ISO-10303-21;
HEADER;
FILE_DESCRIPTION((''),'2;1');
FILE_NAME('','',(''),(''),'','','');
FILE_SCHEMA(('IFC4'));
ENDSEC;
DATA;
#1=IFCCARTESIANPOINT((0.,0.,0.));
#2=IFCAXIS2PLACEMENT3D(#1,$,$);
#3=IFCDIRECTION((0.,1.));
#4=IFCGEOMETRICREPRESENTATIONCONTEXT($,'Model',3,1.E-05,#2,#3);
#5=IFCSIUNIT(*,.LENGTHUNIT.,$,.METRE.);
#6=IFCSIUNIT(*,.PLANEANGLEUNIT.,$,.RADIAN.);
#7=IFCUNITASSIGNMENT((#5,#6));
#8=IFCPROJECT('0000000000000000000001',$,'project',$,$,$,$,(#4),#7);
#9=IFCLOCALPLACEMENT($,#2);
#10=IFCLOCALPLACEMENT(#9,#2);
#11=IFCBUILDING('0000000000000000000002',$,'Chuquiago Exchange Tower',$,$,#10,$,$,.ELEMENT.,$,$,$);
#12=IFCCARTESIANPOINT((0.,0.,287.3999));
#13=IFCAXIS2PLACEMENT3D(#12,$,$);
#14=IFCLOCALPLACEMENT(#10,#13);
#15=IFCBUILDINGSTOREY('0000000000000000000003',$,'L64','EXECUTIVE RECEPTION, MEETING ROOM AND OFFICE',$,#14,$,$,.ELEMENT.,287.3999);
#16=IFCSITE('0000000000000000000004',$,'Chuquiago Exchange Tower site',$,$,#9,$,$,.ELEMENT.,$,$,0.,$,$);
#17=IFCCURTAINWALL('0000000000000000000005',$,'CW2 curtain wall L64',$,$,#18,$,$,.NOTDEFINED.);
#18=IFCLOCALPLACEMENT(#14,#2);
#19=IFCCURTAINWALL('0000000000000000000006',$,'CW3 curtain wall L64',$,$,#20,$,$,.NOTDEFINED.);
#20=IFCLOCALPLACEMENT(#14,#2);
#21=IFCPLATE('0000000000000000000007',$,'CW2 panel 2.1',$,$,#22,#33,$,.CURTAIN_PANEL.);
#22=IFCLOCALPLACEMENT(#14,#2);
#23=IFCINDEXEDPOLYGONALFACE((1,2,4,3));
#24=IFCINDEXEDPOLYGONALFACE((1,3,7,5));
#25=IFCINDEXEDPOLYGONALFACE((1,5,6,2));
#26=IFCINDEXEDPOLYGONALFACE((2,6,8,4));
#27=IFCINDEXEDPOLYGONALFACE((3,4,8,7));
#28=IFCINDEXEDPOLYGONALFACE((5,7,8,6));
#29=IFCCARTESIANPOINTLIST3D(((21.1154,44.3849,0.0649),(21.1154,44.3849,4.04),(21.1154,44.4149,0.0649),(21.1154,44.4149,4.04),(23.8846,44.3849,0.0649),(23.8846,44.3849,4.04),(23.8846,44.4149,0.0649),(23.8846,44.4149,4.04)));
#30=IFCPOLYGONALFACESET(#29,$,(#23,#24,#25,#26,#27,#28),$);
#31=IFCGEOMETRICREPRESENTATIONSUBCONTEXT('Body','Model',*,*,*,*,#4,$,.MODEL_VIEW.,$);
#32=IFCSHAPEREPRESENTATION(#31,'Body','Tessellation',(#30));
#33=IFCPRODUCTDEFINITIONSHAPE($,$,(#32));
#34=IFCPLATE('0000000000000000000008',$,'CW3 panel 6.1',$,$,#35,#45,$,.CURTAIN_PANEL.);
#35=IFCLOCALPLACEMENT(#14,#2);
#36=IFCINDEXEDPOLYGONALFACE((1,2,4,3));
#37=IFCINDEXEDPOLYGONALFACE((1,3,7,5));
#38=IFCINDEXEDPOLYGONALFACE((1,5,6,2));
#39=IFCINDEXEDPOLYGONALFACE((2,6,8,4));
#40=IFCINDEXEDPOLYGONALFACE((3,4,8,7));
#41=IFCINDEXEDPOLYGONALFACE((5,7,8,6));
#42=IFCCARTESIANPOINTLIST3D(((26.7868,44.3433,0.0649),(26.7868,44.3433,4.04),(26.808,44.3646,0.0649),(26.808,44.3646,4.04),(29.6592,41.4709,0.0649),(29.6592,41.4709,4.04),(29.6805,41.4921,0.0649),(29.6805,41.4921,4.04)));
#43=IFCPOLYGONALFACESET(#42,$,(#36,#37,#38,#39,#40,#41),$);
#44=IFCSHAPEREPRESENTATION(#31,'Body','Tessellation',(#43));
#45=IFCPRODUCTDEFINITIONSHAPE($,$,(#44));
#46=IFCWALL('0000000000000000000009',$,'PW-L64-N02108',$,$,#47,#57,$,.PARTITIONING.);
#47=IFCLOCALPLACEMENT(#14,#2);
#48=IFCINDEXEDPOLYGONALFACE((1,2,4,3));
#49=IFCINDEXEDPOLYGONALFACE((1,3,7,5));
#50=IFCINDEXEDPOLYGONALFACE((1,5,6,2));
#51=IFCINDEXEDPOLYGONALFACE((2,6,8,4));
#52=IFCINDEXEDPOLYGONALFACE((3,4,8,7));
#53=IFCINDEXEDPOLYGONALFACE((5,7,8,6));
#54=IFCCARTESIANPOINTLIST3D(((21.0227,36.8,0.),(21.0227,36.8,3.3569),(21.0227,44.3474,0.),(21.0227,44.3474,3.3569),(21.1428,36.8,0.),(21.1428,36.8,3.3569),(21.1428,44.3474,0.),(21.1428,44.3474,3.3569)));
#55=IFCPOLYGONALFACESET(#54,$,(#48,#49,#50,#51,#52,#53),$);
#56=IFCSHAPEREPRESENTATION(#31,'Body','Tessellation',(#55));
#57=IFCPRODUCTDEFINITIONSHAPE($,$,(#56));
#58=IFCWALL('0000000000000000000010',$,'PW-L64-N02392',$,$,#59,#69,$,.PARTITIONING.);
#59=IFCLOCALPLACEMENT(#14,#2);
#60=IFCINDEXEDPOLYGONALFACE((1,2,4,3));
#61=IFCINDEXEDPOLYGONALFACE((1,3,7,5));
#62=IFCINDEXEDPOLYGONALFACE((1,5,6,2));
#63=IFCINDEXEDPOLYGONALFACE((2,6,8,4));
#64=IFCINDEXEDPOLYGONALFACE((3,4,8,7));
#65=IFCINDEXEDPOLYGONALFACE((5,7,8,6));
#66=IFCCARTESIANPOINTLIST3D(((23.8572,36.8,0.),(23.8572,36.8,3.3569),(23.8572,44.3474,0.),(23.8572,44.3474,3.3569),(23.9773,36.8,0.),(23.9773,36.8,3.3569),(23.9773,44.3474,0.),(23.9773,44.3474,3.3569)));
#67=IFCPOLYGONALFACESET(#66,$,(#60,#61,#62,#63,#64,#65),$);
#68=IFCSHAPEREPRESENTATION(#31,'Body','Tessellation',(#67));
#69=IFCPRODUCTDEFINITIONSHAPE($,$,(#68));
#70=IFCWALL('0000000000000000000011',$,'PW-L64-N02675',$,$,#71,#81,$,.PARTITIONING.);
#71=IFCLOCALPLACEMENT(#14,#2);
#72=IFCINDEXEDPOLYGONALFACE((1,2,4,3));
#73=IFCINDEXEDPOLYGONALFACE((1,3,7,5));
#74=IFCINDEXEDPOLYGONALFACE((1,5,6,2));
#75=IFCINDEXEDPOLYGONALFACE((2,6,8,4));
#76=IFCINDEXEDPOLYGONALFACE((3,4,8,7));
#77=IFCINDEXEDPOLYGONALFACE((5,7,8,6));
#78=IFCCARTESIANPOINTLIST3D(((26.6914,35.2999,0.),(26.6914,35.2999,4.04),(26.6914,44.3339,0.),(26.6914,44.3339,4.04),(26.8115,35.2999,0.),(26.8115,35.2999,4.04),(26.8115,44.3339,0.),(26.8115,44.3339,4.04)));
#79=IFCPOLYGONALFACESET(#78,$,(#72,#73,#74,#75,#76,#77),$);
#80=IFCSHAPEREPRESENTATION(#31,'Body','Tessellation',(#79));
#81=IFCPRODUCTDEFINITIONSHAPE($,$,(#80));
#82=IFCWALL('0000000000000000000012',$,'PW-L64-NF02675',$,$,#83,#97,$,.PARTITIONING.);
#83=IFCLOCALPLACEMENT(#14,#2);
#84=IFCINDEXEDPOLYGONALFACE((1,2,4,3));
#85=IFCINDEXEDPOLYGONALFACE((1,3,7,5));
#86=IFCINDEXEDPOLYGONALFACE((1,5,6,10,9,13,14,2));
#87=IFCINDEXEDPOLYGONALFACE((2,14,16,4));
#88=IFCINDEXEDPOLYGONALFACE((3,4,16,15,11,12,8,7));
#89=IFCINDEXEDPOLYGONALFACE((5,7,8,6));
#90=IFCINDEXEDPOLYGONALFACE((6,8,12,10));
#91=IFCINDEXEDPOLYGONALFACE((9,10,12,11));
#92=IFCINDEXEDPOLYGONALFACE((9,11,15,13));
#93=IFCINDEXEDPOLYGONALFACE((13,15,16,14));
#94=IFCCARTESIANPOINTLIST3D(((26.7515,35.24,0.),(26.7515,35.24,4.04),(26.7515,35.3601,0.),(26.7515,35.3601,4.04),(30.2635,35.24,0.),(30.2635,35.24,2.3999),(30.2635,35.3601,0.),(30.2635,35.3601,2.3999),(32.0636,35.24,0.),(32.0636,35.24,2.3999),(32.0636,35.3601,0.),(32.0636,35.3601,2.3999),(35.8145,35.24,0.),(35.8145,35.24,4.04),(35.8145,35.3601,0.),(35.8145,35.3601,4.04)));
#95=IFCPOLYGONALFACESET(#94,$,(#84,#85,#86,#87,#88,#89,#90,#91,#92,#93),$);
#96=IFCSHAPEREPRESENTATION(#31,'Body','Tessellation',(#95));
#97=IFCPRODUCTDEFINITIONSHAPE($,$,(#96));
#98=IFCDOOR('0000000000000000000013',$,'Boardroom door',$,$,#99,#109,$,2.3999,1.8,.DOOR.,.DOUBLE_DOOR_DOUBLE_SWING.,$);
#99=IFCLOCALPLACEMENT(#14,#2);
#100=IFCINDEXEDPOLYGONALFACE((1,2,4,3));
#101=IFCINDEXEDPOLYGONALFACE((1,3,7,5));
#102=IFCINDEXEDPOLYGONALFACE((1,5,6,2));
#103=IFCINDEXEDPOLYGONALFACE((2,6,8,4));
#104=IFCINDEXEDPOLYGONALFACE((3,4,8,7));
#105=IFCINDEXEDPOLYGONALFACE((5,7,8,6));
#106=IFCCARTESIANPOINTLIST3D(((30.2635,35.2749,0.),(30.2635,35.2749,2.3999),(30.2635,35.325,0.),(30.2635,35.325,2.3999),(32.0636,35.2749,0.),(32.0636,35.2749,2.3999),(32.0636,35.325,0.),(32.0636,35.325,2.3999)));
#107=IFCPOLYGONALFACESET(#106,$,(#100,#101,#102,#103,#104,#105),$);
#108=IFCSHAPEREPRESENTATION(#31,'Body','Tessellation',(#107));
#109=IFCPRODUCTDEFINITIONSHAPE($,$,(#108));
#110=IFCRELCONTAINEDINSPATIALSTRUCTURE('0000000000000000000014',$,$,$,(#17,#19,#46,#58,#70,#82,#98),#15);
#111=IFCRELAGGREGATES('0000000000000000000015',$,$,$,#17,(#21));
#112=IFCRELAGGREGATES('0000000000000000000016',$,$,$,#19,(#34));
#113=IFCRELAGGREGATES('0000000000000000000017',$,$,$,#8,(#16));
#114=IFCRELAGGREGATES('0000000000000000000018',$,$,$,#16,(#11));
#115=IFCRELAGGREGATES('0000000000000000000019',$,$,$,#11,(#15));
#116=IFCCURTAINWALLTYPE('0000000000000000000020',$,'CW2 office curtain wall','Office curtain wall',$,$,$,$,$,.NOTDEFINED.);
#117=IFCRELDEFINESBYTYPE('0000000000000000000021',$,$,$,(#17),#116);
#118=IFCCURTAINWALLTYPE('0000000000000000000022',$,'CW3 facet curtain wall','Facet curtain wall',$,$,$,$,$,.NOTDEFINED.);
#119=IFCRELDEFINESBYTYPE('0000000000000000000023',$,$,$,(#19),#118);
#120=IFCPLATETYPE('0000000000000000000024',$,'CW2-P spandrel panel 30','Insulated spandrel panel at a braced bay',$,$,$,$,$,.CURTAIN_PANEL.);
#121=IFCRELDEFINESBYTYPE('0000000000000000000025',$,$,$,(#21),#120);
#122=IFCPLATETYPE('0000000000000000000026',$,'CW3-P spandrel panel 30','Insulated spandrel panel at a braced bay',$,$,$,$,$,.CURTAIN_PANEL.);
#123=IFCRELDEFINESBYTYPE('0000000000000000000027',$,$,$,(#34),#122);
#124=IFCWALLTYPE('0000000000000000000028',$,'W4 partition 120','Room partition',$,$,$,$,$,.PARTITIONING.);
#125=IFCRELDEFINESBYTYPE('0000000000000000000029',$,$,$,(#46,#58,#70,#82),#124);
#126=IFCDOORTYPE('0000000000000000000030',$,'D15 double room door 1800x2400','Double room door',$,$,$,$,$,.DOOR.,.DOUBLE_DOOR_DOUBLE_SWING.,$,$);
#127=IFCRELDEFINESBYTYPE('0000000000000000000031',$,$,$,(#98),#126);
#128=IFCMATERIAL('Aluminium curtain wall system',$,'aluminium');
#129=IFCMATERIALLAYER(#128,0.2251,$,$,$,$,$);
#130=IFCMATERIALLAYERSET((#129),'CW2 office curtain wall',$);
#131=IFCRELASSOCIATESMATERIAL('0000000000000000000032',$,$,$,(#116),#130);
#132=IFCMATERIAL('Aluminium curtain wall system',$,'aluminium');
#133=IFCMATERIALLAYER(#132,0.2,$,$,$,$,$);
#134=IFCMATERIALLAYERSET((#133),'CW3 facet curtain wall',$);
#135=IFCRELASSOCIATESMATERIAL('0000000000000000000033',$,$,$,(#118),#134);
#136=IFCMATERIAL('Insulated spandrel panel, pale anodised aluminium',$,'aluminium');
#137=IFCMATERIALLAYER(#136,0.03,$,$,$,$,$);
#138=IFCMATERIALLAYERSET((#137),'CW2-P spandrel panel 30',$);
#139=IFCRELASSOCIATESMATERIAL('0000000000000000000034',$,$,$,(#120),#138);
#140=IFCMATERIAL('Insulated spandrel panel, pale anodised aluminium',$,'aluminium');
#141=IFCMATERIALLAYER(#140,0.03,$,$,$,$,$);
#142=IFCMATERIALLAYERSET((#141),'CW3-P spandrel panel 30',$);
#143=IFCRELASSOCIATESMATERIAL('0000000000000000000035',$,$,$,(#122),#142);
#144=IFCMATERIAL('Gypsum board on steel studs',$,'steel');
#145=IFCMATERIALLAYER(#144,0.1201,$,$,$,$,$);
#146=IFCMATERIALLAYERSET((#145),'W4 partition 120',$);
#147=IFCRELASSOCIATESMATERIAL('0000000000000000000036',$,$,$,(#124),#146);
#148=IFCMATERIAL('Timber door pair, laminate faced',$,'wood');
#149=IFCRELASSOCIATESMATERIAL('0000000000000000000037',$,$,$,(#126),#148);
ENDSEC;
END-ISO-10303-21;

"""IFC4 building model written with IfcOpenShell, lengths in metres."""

from ifc_helpers import new_model, si_unit, direction, frame, frame_2d, origin, origin_2d, place, context, subcontext, project, spatial, rectangle, extrude, material, layer, layer_set, type_object, element, fill, aggregate, save


model = new_model("IFC4")

# Units and contexts
model_context = context("Model", 3, precision=1e-05, world=origin(), true_north=direction((0.0, 1.0)))
body_context = subcontext(model_context, "Body", "Model", "MODEL_VIEW")
ifc_project = project(units=[si_unit("LENGTHUNIT", "METRE"), si_unit("PLANEANGLEUNIT", "RADIAN")], contexts=[model_context])

# Site, building, storey
site_placement = place(None, origin())
site = spatial("IfcSite", under=ifc_project, at=site_placement, Name="Chuquiago Exchange Tower site", CompositionType="ELEMENT", RefElevation=0.0)
building_placement = place(site_placement, origin())
building = spatial("IfcBuilding", under=site, at=building_placement, Name="Chuquiago Exchange Tower", CompositionType="ELEMENT")
storey_placement = place(building_placement, frame((0.0, 0.0, 287.3999)))
storey = spatial("IfcBuildingStorey", under=building, at=storey_placement, Name="L64", Description="EXECUTIVE RECEPTION, MEETING ROOM AND OFFICE", CompositionType="ELEMENT", Elevation=287.3999)

# Curtain walls
ifc_material_1 = material(Name="Aluminium curtain wall system", Category="aluminium")
ifc_layer_1 = layer(ifc_material_1, 0.2251)
ifc_layer_set_1 = layer_set([ifc_layer_1], Name="CW2 office curtain wall")
curtain_wall_type_1 = type_object("IfcCurtainWallType", Name="CW2 office curtain wall", Description="Office curtain wall", PredefinedType="NOTDEFINED", material=ifc_layer_set_1)
curtain_wall_1_placement = place(storey_placement, origin())
curtain_wall_1 = element("IfcCurtainWall", 1, at=curtain_wall_1_placement, inside=storey, type_object=curtain_wall_type_1, Name="CW2 curtain wall L64", PredefinedType="NOTDEFINED")
ifc_material_2 = material(Name="Aluminium curtain wall system", Category="aluminium")
ifc_layer_2 = layer(ifc_material_2, 0.2)
ifc_layer_set_2 = layer_set([ifc_layer_2], Name="CW3 facet curtain wall")
curtain_wall_type_2 = type_object("IfcCurtainWallType", Name="CW3 facet curtain wall", Description="Facet curtain wall", PredefinedType="NOTDEFINED", material=ifc_layer_set_2)
curtain_wall_2_placement = place(storey_placement, origin())
curtain_wall_2 = element("IfcCurtainWall", 2, at=curtain_wall_2_placement, inside=storey, type_object=curtain_wall_type_2, Name="CW3 curtain wall L64", PredefinedType="NOTDEFINED")

# Plates
ifc_material_3 = material(Name="Insulated spandrel panel, pale anodised aluminium", Category="aluminium")
ifc_layer_3 = layer(ifc_material_3, 0.03)
ifc_layer_set_3 = layer_set([ifc_layer_3], Name="CW2-P spandrel panel 30")
plate_type_1 = type_object("IfcPlateType", Name="CW2-P spandrel panel 30", Description="Insulated spandrel panel at a braced bay", PredefinedType="CURTAIN_PANEL", material=ifc_layer_set_3)
plate_1_placement = place(storey_placement, frame((22.5, 44.3999, 0.0649), z_axis=(0.0, 0.0, 1.0), x_axis=(-1.0, 0.0, 0.0)))
plate_1 = element("IfcPlate", 3, at=plate_1_placement, type_object=plate_type_1, Name="CW2 panel 2.1", PredefinedType="CURTAIN_PANEL", context=body_context, shape_type="SweptSolid", body=[
    extrude(rectangle(XDim=2.7693, YDim=0.03, at=origin_2d()), origin(), (0.0, 0.0, 1.0), 3.9751),
])
aggregate(curtain_wall_1, [plate_1])
ifc_material_4 = material(Name="Insulated spandrel panel, pale anodised aluminium", Category="aluminium")
ifc_layer_4 = layer(ifc_material_4, 0.03)
ifc_layer_set_4 = layer_set([ifc_layer_4], Name="CW3-P spandrel panel 30")
plate_type_2 = type_object("IfcPlateType", Name="CW3-P spandrel panel 30", Description="Insulated spandrel panel at a braced bay", PredefinedType="CURTAIN_PANEL", material=ifc_layer_set_4)
plate_2_placement = place(storey_placement, frame((28.2336, 42.9177, 0.0649), z_axis=(0.0, 0.0, 1.0), x_axis=(-0.707107, 0.707107, 0.0)))
plate_2 = element("IfcPlate", 4, at=plate_2_placement, type_object=plate_type_2, Name="CW3 panel 6.1", PredefinedType="CURTAIN_PANEL", context=body_context, shape_type="SweptSolid", body=[
    extrude(rectangle(XDim=4.0623, YDim=0.03, at=origin_2d()), origin(), (0.0, 0.0, 1.0), 3.9751),
])
aggregate(curtain_wall_2, [plate_2])

# Walls
ifc_material_5 = material(Name="Gypsum board on steel studs", Category="steel")
ifc_layer_5 = layer(ifc_material_5, 0.1201)
ifc_layer_set_5 = layer_set([ifc_layer_5], Name="W4 partition 120")
wall_type = type_object("IfcWallType", Name="W4 partition 120", Description="Room partition", PredefinedType="PARTITIONING", material=ifc_layer_set_5)
for number, where, z_axis, x_axis, name in (
    (5, (21.0828, 44.3474, 0.0), (0.0, 0.0, 1.0), (0.0, -1.0, 0.0), "PW-L64-N02108"),
    (6, (23.9172, 44.3474, 0.0), (0.0, 0.0, 1.0), (0.0, -1.0, 0.0), "PW-L64-N02392"),
):
    element("IfcWall", number, at=place(storey_placement, frame(where, z_axis=z_axis, x_axis=x_axis)), inside=storey, type_object=wall_type, Name=name, PredefinedType="PARTITIONING", context=body_context, shape_type="SweptSolid", body=[
        extrude(rectangle(XDim=7.5474, YDim=0.1201, at=frame_2d((3.7737, 0.0))), origin(), (0.0, 0.0, 1.0), 3.3569),
    ])
wall_1_placement = place(storey_placement, frame((26.7515, 44.334, 0.0), z_axis=(0.0, 0.0, 1.0), x_axis=(0.0, -1.0, 0.0)))
element("IfcWall", 7, at=wall_1_placement, inside=storey, type_object=wall_type, Name="PW-L64-N02675", PredefinedType="PARTITIONING", context=body_context, shape_type="SweptSolid", body=[
    extrude(rectangle(XDim=9.0339, YDim=0.1201, at=frame_2d((4.5171, 0.0))), origin(), (0.0, 0.0, 1.0), 4.04),
])

# Wall, opening, door
wall_2_placement = place(storey_placement, frame((26.7515, 35.3, 0.0), z_axis=(0.0, 0.0, 1.0), x_axis=(1.0, 0.0, 0.0)))
wall_2 = element("IfcWall", 8, at=wall_2_placement, inside=storey, type_object=wall_type, Name="PW-L64-NF02675", PredefinedType="PARTITIONING", context=body_context, shape_type="SweptSolid", body=[
    extrude(rectangle(XDim=9.063, YDim=0.1201, at=frame_2d((4.5315, 0.0))), origin(), (0.0, 0.0, 1.0), 4.04),
])
opening_1_placement = place(wall_2_placement, frame((3.5122, 0.0, 0.0)))
opening_1 = element("IfcOpeningElement", 9, at=opening_1_placement, cuts=wall_2, PredefinedType="OPENING", context=body_context, shape_type="SweptSolid", body=[
    extrude(rectangle(XDim=1.8, YDim=2.3999, at=frame_2d((0.8999, 1.2))), frame((0.0, 0.0701, 0.0), z_axis=(0.0, -1.0, 0.0), x_axis=(1.0, 0.0, 0.0)), (0.0, 0.0, 1.0), 0.1401),
])
ifc_material_6 = material(Name="Timber door pair, laminate faced", Category="wood")
door_type_1 = type_object("IfcDoorType", Name="D15 double room door 1800x2400", Description="Double room door", OperationType="DOUBLE_DOOR_DOUBLE_SWING", PredefinedType="DOOR", material=ifc_material_6)
door_1_placement = place(opening_1_placement, origin())
door_1 = element("IfcDoor", 10, at=door_1_placement, inside=storey, type_object=door_type_1, Name="Boardroom door", OperationType="DOUBLE_DOOR_DOUBLE_SWING", OverallHeight=2.3999, OverallWidth=1.8, PredefinedType="DOOR", context=body_context, shape_type="SweptSolid", body=[
    extrude(rectangle(XDim=1.8, YDim=2.3999, at=frame_2d((0.8999, 1.2))), frame((0.0, 0.0249, 0.0), z_axis=(0.0, -1.0, 0.0), x_axis=(1.0, 0.0, 0.0)), (0.0, 0.0, 1.0), 0.05),
])
fill(opening_1, door_1)

save(model, "model.ifc")
